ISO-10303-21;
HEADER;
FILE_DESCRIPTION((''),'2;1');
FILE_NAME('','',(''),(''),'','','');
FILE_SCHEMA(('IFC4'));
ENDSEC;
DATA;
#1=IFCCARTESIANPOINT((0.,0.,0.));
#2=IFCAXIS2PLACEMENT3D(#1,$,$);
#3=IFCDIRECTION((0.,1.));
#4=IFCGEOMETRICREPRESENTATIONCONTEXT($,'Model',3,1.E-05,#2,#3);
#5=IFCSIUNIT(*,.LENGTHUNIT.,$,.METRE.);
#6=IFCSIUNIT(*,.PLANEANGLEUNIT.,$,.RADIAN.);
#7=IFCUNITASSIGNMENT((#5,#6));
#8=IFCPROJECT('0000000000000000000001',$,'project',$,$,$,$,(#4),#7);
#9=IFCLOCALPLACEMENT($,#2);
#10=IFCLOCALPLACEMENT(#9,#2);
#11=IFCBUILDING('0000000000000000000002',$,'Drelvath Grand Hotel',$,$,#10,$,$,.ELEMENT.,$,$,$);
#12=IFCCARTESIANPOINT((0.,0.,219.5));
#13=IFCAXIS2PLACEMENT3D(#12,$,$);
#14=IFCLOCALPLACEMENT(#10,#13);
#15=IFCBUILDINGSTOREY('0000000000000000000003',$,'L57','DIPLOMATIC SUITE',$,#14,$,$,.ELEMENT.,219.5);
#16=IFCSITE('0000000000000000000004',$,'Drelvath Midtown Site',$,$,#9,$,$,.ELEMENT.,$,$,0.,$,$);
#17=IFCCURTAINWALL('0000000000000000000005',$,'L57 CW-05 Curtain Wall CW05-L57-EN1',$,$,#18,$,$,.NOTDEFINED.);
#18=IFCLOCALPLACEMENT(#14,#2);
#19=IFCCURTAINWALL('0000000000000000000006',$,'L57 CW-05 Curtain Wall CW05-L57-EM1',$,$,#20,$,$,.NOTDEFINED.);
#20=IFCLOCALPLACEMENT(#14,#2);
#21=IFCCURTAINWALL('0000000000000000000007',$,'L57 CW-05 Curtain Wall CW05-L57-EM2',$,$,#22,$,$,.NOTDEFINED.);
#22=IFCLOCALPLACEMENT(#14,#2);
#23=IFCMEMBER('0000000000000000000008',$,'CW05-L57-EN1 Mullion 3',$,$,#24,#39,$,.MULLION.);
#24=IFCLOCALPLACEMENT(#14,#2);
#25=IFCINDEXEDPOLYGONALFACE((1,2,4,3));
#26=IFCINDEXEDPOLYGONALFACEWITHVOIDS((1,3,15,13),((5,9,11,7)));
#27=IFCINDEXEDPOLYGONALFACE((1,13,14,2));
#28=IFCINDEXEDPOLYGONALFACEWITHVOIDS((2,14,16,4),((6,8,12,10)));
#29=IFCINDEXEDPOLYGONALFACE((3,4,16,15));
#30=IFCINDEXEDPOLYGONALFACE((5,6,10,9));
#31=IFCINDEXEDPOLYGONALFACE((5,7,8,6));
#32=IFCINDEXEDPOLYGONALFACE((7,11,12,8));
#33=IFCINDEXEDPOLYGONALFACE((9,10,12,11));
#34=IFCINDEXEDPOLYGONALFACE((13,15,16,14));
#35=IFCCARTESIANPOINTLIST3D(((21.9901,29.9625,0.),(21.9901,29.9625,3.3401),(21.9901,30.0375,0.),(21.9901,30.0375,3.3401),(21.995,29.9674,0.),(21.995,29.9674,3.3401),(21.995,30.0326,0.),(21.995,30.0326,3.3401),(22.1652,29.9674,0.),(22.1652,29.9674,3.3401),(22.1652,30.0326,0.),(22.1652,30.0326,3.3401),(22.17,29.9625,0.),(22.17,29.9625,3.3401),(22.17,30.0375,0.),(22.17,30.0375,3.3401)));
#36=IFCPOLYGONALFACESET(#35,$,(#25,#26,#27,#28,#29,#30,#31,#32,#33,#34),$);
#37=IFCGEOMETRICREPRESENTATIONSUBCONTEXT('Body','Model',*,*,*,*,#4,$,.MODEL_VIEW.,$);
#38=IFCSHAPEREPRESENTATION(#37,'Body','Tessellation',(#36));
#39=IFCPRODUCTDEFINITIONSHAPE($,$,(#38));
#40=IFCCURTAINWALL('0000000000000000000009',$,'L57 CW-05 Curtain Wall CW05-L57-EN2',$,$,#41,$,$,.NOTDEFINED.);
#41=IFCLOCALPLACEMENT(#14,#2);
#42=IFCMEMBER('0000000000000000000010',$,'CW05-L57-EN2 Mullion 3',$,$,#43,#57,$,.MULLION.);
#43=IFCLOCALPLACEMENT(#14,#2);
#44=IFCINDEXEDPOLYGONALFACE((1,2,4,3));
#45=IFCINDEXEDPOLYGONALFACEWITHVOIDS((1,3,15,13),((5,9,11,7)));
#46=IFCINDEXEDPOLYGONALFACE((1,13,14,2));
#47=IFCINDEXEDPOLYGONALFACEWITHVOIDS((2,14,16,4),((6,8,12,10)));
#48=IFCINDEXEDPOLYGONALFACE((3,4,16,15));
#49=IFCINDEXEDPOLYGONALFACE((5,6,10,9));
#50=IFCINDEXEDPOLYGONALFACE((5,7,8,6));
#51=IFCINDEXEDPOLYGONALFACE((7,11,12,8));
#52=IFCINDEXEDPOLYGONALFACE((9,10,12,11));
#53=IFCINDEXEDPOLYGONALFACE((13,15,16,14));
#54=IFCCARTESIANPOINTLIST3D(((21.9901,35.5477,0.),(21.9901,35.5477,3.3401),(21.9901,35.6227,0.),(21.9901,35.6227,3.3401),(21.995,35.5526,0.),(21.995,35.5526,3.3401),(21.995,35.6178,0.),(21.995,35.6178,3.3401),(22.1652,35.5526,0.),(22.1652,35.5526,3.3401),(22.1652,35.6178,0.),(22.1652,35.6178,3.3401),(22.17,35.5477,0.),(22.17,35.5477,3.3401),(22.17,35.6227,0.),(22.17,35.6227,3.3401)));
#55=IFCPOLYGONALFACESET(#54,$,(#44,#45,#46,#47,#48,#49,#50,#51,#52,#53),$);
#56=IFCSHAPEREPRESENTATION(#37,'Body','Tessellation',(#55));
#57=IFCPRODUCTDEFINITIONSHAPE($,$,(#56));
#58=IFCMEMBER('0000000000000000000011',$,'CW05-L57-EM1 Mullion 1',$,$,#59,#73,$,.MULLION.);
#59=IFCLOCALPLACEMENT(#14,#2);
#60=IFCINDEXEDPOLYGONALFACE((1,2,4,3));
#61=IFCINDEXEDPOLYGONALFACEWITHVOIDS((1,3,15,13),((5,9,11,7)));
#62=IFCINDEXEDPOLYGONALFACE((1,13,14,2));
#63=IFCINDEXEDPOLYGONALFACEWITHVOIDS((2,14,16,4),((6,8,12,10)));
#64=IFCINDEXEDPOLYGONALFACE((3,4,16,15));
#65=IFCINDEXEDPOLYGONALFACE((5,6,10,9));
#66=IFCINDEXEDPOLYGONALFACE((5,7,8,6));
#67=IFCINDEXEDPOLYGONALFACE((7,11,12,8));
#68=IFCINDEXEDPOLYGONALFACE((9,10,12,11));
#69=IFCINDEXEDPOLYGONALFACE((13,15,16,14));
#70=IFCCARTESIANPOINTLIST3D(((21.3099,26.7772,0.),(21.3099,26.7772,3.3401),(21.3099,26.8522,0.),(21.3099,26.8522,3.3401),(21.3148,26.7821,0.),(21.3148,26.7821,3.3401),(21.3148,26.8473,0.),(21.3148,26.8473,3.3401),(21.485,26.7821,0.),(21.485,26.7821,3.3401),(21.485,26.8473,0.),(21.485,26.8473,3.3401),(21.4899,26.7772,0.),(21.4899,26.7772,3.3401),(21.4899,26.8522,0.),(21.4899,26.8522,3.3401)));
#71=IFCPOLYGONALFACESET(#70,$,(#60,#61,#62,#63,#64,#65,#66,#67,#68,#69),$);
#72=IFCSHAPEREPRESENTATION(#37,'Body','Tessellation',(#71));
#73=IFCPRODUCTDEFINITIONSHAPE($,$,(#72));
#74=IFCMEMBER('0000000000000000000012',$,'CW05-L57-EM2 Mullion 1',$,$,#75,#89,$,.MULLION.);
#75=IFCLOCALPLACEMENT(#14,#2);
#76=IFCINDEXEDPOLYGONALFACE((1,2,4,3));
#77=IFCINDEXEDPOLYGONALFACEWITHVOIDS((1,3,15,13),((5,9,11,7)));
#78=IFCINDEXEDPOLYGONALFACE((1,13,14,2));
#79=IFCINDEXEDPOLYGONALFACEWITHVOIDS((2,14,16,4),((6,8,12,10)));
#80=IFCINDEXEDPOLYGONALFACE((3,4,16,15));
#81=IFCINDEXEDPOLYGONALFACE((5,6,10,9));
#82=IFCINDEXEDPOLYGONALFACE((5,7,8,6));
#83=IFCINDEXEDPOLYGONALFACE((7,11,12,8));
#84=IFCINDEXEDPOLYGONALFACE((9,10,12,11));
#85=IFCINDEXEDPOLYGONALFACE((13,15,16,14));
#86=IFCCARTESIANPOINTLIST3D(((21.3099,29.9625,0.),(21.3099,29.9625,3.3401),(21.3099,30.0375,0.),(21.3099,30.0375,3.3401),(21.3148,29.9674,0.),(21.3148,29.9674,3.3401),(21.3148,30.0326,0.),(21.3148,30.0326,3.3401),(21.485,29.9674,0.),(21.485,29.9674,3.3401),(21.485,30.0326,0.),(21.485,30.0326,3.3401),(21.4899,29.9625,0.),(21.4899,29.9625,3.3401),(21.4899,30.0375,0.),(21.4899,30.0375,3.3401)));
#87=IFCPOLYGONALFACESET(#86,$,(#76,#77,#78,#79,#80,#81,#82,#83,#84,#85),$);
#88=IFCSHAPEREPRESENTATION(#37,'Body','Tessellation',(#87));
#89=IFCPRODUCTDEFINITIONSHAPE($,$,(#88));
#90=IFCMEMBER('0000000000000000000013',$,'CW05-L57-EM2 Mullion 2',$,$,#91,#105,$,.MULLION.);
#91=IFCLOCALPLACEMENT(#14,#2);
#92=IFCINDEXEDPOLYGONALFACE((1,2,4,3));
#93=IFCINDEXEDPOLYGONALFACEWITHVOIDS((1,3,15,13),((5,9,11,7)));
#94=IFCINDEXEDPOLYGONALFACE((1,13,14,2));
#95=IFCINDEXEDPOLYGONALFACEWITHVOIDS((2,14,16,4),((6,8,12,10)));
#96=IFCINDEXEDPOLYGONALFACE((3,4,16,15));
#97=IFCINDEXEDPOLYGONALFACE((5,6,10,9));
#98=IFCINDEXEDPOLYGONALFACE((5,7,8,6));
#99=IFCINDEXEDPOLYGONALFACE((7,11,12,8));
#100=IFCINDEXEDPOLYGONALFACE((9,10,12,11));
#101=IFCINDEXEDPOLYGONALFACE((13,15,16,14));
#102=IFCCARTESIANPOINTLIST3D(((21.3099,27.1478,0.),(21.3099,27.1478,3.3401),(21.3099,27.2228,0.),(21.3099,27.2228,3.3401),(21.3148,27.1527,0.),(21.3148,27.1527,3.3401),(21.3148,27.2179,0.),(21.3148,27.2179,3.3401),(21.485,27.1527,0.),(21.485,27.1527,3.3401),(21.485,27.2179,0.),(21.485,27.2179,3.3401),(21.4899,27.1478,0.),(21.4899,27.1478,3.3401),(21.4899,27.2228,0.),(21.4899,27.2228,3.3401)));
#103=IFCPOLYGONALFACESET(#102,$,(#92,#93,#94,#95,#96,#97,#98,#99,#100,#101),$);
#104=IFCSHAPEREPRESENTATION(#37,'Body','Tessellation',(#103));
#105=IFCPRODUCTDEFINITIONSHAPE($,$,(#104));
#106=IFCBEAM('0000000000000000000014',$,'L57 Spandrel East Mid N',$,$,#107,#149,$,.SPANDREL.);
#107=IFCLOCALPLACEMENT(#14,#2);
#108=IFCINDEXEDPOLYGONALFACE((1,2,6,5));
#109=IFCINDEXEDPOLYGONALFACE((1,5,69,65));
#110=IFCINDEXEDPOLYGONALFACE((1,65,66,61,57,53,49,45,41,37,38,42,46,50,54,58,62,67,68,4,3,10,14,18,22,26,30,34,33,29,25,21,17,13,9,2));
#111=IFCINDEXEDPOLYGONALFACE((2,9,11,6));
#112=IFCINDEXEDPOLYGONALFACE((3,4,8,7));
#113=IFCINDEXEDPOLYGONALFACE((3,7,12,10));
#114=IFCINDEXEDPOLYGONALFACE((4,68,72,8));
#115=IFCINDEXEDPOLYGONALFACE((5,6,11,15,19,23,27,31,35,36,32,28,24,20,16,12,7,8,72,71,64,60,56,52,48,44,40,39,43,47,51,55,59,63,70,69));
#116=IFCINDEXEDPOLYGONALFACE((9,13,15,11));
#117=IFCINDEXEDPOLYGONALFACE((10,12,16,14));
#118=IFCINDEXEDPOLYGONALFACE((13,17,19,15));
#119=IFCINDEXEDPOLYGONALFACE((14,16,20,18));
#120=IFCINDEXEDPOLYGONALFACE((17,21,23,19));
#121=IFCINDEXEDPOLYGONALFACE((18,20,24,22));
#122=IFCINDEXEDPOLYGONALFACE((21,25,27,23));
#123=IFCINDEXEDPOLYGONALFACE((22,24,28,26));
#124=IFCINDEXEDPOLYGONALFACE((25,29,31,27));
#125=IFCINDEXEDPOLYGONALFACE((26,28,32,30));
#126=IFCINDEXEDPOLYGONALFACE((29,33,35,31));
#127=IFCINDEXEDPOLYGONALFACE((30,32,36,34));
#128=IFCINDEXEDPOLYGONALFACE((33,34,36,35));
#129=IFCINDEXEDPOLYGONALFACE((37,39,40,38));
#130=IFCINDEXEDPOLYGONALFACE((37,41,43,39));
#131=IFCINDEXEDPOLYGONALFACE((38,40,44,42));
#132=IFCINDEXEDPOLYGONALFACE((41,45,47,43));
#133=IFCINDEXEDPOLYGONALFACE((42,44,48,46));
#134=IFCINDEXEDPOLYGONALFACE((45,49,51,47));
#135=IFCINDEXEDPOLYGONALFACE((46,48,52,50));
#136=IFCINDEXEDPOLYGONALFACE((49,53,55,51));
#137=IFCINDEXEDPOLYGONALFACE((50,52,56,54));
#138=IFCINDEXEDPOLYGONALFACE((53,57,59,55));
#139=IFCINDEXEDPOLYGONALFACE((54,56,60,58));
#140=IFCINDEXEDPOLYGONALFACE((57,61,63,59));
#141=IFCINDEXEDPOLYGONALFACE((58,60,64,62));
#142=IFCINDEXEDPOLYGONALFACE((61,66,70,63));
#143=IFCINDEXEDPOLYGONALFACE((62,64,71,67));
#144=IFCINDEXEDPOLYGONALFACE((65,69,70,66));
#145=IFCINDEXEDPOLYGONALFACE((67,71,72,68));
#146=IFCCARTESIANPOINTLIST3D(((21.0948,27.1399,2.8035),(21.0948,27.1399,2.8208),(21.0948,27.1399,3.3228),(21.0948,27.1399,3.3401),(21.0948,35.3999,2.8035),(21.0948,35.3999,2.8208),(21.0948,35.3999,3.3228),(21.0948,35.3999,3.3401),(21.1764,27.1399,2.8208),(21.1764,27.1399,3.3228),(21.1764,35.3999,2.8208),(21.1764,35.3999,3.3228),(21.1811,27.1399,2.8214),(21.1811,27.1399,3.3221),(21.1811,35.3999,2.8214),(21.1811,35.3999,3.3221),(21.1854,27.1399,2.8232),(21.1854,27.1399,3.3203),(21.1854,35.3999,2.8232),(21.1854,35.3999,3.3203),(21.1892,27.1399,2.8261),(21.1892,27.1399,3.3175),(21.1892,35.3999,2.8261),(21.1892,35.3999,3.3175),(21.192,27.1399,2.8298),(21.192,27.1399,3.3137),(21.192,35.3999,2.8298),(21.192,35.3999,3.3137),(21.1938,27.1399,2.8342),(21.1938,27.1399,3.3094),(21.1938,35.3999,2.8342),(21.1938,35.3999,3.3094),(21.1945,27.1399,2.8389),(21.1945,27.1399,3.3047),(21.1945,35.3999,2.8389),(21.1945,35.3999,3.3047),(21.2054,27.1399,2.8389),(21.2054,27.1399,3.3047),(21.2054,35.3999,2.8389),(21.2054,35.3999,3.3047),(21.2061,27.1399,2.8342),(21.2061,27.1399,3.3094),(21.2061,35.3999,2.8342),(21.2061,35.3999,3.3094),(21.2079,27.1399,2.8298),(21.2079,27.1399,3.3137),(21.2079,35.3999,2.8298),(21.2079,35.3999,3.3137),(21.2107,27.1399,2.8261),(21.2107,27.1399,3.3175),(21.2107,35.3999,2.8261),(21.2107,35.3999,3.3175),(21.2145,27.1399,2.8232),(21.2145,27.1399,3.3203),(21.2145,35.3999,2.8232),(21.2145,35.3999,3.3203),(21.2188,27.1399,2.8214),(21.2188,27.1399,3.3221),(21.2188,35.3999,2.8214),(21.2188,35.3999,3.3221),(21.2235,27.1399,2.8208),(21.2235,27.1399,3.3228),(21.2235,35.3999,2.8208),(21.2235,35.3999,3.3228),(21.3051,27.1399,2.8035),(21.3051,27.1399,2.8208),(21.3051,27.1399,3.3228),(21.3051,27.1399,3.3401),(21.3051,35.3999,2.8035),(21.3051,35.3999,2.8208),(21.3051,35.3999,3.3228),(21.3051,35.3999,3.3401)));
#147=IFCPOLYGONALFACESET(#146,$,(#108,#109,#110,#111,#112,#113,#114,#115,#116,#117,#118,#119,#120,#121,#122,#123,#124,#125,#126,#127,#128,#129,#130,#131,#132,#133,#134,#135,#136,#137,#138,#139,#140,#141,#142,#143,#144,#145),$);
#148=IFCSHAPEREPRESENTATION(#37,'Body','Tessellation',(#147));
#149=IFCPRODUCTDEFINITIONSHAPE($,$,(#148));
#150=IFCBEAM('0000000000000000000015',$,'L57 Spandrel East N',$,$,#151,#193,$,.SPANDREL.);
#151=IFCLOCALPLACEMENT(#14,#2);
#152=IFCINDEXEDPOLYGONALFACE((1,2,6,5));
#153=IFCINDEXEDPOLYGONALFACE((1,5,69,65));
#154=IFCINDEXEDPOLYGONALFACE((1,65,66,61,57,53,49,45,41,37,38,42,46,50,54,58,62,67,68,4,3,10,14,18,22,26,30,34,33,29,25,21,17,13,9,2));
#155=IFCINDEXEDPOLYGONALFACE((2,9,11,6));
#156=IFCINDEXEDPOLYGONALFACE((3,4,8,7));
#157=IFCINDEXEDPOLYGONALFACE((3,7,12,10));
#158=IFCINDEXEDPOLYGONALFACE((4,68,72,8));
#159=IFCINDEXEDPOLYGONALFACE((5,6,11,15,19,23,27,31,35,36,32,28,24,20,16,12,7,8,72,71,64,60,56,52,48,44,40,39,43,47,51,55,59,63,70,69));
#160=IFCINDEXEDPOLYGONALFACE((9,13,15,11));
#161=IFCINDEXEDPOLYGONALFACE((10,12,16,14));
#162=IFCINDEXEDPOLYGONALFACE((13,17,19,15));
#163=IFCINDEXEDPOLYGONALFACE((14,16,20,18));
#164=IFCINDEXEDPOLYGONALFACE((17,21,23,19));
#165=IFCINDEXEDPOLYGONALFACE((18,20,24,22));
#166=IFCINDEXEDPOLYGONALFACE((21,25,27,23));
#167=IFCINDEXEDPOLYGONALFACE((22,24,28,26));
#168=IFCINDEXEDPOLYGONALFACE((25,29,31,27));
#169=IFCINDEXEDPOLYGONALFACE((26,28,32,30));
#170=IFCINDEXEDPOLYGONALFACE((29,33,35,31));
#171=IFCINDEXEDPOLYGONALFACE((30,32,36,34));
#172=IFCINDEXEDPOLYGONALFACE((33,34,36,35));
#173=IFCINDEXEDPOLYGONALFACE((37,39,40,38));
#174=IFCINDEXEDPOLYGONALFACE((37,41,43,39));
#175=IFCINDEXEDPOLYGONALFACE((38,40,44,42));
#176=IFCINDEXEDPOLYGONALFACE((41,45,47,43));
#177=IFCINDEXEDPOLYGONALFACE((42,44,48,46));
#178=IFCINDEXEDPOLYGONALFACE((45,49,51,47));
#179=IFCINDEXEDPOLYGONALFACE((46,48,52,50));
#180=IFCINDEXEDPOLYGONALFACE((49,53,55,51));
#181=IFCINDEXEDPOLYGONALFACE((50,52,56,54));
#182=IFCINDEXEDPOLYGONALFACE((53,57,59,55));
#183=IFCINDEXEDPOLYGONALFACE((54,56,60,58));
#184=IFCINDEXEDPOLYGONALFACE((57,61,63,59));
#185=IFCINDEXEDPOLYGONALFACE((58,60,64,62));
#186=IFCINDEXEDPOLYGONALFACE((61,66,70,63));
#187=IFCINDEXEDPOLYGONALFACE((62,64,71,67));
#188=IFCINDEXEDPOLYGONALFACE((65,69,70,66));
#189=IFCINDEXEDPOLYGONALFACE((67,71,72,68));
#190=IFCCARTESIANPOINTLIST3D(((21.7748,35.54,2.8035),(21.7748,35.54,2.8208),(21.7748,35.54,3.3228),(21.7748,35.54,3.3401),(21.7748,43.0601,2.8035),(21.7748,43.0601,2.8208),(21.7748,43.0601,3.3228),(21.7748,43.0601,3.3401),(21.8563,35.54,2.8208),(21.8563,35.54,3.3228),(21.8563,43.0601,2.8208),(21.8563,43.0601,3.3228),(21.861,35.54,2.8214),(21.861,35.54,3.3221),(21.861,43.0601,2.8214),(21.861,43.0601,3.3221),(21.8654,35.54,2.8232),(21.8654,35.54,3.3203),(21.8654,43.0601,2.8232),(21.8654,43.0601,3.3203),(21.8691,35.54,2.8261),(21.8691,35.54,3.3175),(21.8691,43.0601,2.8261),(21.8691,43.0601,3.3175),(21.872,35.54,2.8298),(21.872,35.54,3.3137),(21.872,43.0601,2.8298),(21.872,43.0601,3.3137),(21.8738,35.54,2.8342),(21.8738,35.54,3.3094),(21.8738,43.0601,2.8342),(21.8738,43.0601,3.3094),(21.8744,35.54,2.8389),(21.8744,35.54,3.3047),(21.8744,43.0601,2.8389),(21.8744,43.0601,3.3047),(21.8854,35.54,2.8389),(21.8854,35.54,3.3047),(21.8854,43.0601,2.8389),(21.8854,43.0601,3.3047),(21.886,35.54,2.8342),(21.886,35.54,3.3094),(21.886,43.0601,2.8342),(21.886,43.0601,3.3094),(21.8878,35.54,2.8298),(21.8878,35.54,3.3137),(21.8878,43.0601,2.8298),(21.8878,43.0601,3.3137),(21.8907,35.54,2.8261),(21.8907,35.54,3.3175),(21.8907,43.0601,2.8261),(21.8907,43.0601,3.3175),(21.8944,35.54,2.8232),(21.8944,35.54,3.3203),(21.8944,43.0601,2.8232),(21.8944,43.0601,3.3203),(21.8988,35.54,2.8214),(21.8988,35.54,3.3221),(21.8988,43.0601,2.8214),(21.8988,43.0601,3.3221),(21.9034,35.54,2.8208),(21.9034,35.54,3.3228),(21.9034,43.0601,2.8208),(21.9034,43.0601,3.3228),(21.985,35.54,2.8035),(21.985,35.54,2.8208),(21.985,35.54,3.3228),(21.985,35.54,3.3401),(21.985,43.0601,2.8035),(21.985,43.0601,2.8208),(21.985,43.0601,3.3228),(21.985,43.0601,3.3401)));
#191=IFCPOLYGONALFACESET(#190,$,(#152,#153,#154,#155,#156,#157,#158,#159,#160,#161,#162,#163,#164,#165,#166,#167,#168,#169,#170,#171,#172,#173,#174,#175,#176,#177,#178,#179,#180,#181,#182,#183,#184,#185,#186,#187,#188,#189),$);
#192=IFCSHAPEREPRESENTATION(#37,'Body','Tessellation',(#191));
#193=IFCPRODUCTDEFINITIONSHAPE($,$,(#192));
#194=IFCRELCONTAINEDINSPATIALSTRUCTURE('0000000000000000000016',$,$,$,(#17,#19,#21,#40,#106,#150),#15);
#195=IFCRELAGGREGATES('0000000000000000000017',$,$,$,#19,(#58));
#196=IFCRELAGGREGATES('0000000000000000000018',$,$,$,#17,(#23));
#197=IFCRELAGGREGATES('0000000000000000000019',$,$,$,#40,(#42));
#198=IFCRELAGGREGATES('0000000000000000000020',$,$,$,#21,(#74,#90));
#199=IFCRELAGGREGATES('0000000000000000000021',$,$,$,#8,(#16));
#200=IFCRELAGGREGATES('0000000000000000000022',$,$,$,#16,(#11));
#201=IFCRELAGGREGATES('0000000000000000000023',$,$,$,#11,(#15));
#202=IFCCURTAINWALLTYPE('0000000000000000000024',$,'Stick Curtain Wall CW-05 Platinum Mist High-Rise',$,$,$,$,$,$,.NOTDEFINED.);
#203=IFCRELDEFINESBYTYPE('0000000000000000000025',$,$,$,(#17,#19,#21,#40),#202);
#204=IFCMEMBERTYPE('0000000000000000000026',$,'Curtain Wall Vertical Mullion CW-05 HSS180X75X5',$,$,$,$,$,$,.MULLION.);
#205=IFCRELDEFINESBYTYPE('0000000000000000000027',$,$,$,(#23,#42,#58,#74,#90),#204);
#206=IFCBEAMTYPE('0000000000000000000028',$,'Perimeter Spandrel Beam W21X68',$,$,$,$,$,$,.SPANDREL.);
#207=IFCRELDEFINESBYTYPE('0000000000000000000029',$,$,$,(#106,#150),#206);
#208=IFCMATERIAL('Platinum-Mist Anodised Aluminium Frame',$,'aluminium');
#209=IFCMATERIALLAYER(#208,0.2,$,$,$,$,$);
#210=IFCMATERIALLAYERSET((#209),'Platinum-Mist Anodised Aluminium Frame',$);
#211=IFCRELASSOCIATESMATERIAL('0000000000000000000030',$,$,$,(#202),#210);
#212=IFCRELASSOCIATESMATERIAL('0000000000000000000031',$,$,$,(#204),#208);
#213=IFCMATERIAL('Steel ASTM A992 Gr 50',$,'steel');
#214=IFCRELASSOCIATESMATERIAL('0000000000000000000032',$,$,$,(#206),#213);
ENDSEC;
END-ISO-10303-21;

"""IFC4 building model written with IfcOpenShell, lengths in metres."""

from ifc_helpers import new_model, si_unit, direction, frame, origin, origin_2d, place, context, subcontext, project, spatial, hollow_rectangle, i_section, extrude, material, layer, layer_set, material_profile, profile_set, type_object, element, aggregate, save


model = new_model("IFC4")

# Units and contexts
model_context = context("Model", 3, precision=1e-05, world=origin(), true_north=direction((0.0, 1.0)))
body_context = subcontext(model_context, "Body", "Model", "MODEL_VIEW")
ifc_project = project(units=[si_unit("LENGTHUNIT", "METRE"), si_unit("PLANEANGLEUNIT", "RADIAN")], contexts=[model_context])

# Site, building, storey
site_placement = place(None, origin())
site = spatial("IfcSite", under=ifc_project, at=site_placement, Name="Drelvath Midtown Site", CompositionType="ELEMENT", RefElevation=0.0)
building_placement = place(site_placement, origin())
building = spatial("IfcBuilding", under=site, at=building_placement, Name="Drelvath Grand Hotel", CompositionType="ELEMENT")
storey_placement = place(building_placement, frame((0.0, 0.0, 219.5)))
storey = spatial("IfcBuildingStorey", under=building, at=storey_placement, Name="L57", Description="DIPLOMATIC SUITE", CompositionType="ELEMENT", Elevation=219.5)

# Curtain walls
ifc_material_1 = material(Name="Platinum-Mist Anodised Aluminium Frame", Category="aluminium")
ifc_layer_1 = layer(ifc_material_1, 0.2)
ifc_layer_set_1 = layer_set([ifc_layer_1], Name="Platinum-Mist Anodised Aluminium Frame")
curtain_wall_type = type_object("IfcCurtainWallType", Name="Stick Curtain Wall CW-05 Platinum Mist High-Rise", PredefinedType="NOTDEFINED", material=ifc_layer_set_1)
curtain_wall_1_placement = place(storey_placement, origin())
curtain_wall_1 = element("IfcCurtainWall", 1, at=curtain_wall_1_placement, inside=storey, type_object=curtain_wall_type, Name="L57 CW-05 Curtain Wall CW05-L57-EN1", PredefinedType="NOTDEFINED")
curtain_wall_2_placement = place(storey_placement, origin())
curtain_wall_2 = element("IfcCurtainWall", 2, at=curtain_wall_2_placement, inside=storey, type_object=curtain_wall_type, Name="L57 CW-05 Curtain Wall CW05-L57-EM1", PredefinedType="NOTDEFINED")
curtain_wall_3_placement = place(storey_placement, origin())
curtain_wall_3 = element("IfcCurtainWall", 3, at=curtain_wall_3_placement, inside=storey, type_object=curtain_wall_type, Name="L57 CW-05 Curtain Wall CW05-L57-EM2", PredefinedType="NOTDEFINED")

# Member
ifc_material_profile_1 = material_profile(ifc_material_1, hollow_rectangle(XDim=0.075, YDim=0.1799, WallThickness=0.0049, at=origin_2d()), Name="HSS180X75X5")
ifc_profile_set_1 = profile_set([ifc_material_profile_1], Name="Platinum-Mist Anodised Aluminium Frame")
member_type_1 = type_object("IfcMemberType", Name="Curtain Wall Vertical Mullion CW-05 HSS180X75X5", PredefinedType="MULLION", material=ifc_profile_set_1)
member_1_placement = place(storey_placement, frame((22.0801, 30.0, 0.0), z_axis=(0.0, 0.0, 1.0), x_axis=(0.0, 1.0, 0.0)))
member_1 = element("IfcMember", 4, at=member_1_placement, type_object=member_type_1, Name="CW05-L57-EN1 Mullion 3", PredefinedType="MULLION", context=body_context, shape_type="SweptSolid", body=[
    extrude(hollow_rectangle(XDim=0.075, YDim=0.1799, WallThickness=0.0049, at=origin_2d()), origin(), (0.0, 0.0, 1.0), 3.3401),
])

# Curtain wall, member
curtain_wall_4_placement = place(storey_placement, origin())
curtain_wall_4 = element("IfcCurtainWall", 5, at=curtain_wall_4_placement, inside=storey, type_object=curtain_wall_type, Name="L57 CW-05 Curtain Wall CW05-L57-EN2", PredefinedType="NOTDEFINED")
member_2_placement = place(storey_placement, frame((22.0801, 35.5852, 0.0), z_axis=(0.0, 0.0, 1.0), x_axis=(0.0, 1.0, 0.0)))
member_2 = element("IfcMember", 6, at=member_2_placement, type_object=member_type_1, Name="CW05-L57-EN2 Mullion 3", PredefinedType="MULLION", context=body_context, shape_type="SweptSolid", body=[
    extrude(hollow_rectangle(XDim=0.075, YDim=0.1799, WallThickness=0.0049, at=origin_2d()), origin(), (0.0, 0.0, 1.0), 3.3401),
])

# Members
member_3_placement = place(storey_placement, frame((21.3999, 26.8147, 0.0), z_axis=(0.0, 0.0, 1.0), x_axis=(0.0, 1.0, 0.0)))
member_3 = element("IfcMember", 7, at=member_3_placement, type_object=member_type_1, Name="CW05-L57-EM1 Mullion 1", PredefinedType="MULLION", context=body_context, shape_type="SweptSolid", body=[
    extrude(hollow_rectangle(XDim=0.075, YDim=0.1799, WallThickness=0.0049, at=origin_2d()), origin(), (0.0, 0.0, 1.0), 3.3401),
])
aggregate(curtain_wall_2, [member_3])
member_4_placement = place(storey_placement, frame((21.3999, 30.0, 0.0), z_axis=(0.0, 0.0, 1.0), x_axis=(0.0, 1.0, 0.0)))
member_4 = element("IfcMember", 8, at=member_4_placement, type_object=member_type_1, Name="CW05-L57-EM2 Mullion 1", PredefinedType="MULLION", context=body_context, shape_type="SweptSolid", body=[
    extrude(hollow_rectangle(XDim=0.075, YDim=0.1799, WallThickness=0.0049, at=origin_2d()), origin(), (0.0, 0.0, 1.0), 3.3401),
])
member_5_placement = place(storey_placement, frame((21.3999, 27.1853, 0.0), z_axis=(0.0, 0.0, 1.0), x_axis=(0.0, 1.0, 0.0)))
member_5 = element("IfcMember", 9, at=member_5_placement, type_object=member_type_1, Name="CW05-L57-EM2 Mullion 2", PredefinedType="MULLION", context=body_context, shape_type="SweptSolid", body=[
    extrude(hollow_rectangle(XDim=0.075, YDim=0.1799, WallThickness=0.0049, at=origin_2d()), origin(), (0.0, 0.0, 1.0), 3.3401),
])

# Beams
ifc_material_2 = material(Name="Steel ASTM A992 Gr 50", Category="steel")
ifc_material_profile_2 = material_profile(ifc_material_2, i_section(OverallWidth=0.2102, OverallDepth=0.5366, WebThickness=0.011, FlangeThickness=0.0173, FilletRadius=0.0181, at=origin_2d()), Name="W21X68")
ifc_profile_set_2 = profile_set([ifc_material_profile_2], Name="Steel ASTM A992 Gr 50")
beam_type = type_object("IfcBeamType", Name="Perimeter Spandrel Beam W21X68", PredefinedType="SPANDREL", material=ifc_profile_set_2)
beam_1_placement = place(storey_placement, frame((21.2, 27.1399, 3.0718), z_axis=(0.0, 1.0, 0.0), x_axis=(-1.0, 0.0, 0.0)))
element("IfcBeam", 10, at=beam_1_placement, inside=storey, type_object=beam_type, Name="L57 Spandrel East Mid N", PredefinedType="SPANDREL", context=body_context, shape_type="SweptSolid", body=[
    extrude(i_section(OverallWidth=0.2102, OverallDepth=0.5366, WebThickness=0.011, FlangeThickness=0.0173, FilletRadius=0.0181, at=origin_2d()), origin(), (0.0, 0.0, 1.0), 8.26),
])
beam_2_placement = place(storey_placement, frame((21.8799, 35.54, 3.0718), z_axis=(0.0, 1.0, 0.0), x_axis=(-1.0, 0.0, 0.0)))
element("IfcBeam", 11, at=beam_2_placement, inside=storey, type_object=beam_type, Name="L57 Spandrel East N", PredefinedType="SPANDREL", context=body_context, shape_type="SweptSolid", body=[
    extrude(i_section(OverallWidth=0.2102, OverallDepth=0.5366, WebThickness=0.011, FlangeThickness=0.0173, FilletRadius=0.0181, at=origin_2d()), origin(), (0.0, 0.0, 1.0), 7.52),
])

aggregate(curtain_wall_1, [member_1])
aggregate(curtain_wall_4, [member_2])
aggregate(curtain_wall_3, [member_4, member_5])

save(model, "model.ifc")
